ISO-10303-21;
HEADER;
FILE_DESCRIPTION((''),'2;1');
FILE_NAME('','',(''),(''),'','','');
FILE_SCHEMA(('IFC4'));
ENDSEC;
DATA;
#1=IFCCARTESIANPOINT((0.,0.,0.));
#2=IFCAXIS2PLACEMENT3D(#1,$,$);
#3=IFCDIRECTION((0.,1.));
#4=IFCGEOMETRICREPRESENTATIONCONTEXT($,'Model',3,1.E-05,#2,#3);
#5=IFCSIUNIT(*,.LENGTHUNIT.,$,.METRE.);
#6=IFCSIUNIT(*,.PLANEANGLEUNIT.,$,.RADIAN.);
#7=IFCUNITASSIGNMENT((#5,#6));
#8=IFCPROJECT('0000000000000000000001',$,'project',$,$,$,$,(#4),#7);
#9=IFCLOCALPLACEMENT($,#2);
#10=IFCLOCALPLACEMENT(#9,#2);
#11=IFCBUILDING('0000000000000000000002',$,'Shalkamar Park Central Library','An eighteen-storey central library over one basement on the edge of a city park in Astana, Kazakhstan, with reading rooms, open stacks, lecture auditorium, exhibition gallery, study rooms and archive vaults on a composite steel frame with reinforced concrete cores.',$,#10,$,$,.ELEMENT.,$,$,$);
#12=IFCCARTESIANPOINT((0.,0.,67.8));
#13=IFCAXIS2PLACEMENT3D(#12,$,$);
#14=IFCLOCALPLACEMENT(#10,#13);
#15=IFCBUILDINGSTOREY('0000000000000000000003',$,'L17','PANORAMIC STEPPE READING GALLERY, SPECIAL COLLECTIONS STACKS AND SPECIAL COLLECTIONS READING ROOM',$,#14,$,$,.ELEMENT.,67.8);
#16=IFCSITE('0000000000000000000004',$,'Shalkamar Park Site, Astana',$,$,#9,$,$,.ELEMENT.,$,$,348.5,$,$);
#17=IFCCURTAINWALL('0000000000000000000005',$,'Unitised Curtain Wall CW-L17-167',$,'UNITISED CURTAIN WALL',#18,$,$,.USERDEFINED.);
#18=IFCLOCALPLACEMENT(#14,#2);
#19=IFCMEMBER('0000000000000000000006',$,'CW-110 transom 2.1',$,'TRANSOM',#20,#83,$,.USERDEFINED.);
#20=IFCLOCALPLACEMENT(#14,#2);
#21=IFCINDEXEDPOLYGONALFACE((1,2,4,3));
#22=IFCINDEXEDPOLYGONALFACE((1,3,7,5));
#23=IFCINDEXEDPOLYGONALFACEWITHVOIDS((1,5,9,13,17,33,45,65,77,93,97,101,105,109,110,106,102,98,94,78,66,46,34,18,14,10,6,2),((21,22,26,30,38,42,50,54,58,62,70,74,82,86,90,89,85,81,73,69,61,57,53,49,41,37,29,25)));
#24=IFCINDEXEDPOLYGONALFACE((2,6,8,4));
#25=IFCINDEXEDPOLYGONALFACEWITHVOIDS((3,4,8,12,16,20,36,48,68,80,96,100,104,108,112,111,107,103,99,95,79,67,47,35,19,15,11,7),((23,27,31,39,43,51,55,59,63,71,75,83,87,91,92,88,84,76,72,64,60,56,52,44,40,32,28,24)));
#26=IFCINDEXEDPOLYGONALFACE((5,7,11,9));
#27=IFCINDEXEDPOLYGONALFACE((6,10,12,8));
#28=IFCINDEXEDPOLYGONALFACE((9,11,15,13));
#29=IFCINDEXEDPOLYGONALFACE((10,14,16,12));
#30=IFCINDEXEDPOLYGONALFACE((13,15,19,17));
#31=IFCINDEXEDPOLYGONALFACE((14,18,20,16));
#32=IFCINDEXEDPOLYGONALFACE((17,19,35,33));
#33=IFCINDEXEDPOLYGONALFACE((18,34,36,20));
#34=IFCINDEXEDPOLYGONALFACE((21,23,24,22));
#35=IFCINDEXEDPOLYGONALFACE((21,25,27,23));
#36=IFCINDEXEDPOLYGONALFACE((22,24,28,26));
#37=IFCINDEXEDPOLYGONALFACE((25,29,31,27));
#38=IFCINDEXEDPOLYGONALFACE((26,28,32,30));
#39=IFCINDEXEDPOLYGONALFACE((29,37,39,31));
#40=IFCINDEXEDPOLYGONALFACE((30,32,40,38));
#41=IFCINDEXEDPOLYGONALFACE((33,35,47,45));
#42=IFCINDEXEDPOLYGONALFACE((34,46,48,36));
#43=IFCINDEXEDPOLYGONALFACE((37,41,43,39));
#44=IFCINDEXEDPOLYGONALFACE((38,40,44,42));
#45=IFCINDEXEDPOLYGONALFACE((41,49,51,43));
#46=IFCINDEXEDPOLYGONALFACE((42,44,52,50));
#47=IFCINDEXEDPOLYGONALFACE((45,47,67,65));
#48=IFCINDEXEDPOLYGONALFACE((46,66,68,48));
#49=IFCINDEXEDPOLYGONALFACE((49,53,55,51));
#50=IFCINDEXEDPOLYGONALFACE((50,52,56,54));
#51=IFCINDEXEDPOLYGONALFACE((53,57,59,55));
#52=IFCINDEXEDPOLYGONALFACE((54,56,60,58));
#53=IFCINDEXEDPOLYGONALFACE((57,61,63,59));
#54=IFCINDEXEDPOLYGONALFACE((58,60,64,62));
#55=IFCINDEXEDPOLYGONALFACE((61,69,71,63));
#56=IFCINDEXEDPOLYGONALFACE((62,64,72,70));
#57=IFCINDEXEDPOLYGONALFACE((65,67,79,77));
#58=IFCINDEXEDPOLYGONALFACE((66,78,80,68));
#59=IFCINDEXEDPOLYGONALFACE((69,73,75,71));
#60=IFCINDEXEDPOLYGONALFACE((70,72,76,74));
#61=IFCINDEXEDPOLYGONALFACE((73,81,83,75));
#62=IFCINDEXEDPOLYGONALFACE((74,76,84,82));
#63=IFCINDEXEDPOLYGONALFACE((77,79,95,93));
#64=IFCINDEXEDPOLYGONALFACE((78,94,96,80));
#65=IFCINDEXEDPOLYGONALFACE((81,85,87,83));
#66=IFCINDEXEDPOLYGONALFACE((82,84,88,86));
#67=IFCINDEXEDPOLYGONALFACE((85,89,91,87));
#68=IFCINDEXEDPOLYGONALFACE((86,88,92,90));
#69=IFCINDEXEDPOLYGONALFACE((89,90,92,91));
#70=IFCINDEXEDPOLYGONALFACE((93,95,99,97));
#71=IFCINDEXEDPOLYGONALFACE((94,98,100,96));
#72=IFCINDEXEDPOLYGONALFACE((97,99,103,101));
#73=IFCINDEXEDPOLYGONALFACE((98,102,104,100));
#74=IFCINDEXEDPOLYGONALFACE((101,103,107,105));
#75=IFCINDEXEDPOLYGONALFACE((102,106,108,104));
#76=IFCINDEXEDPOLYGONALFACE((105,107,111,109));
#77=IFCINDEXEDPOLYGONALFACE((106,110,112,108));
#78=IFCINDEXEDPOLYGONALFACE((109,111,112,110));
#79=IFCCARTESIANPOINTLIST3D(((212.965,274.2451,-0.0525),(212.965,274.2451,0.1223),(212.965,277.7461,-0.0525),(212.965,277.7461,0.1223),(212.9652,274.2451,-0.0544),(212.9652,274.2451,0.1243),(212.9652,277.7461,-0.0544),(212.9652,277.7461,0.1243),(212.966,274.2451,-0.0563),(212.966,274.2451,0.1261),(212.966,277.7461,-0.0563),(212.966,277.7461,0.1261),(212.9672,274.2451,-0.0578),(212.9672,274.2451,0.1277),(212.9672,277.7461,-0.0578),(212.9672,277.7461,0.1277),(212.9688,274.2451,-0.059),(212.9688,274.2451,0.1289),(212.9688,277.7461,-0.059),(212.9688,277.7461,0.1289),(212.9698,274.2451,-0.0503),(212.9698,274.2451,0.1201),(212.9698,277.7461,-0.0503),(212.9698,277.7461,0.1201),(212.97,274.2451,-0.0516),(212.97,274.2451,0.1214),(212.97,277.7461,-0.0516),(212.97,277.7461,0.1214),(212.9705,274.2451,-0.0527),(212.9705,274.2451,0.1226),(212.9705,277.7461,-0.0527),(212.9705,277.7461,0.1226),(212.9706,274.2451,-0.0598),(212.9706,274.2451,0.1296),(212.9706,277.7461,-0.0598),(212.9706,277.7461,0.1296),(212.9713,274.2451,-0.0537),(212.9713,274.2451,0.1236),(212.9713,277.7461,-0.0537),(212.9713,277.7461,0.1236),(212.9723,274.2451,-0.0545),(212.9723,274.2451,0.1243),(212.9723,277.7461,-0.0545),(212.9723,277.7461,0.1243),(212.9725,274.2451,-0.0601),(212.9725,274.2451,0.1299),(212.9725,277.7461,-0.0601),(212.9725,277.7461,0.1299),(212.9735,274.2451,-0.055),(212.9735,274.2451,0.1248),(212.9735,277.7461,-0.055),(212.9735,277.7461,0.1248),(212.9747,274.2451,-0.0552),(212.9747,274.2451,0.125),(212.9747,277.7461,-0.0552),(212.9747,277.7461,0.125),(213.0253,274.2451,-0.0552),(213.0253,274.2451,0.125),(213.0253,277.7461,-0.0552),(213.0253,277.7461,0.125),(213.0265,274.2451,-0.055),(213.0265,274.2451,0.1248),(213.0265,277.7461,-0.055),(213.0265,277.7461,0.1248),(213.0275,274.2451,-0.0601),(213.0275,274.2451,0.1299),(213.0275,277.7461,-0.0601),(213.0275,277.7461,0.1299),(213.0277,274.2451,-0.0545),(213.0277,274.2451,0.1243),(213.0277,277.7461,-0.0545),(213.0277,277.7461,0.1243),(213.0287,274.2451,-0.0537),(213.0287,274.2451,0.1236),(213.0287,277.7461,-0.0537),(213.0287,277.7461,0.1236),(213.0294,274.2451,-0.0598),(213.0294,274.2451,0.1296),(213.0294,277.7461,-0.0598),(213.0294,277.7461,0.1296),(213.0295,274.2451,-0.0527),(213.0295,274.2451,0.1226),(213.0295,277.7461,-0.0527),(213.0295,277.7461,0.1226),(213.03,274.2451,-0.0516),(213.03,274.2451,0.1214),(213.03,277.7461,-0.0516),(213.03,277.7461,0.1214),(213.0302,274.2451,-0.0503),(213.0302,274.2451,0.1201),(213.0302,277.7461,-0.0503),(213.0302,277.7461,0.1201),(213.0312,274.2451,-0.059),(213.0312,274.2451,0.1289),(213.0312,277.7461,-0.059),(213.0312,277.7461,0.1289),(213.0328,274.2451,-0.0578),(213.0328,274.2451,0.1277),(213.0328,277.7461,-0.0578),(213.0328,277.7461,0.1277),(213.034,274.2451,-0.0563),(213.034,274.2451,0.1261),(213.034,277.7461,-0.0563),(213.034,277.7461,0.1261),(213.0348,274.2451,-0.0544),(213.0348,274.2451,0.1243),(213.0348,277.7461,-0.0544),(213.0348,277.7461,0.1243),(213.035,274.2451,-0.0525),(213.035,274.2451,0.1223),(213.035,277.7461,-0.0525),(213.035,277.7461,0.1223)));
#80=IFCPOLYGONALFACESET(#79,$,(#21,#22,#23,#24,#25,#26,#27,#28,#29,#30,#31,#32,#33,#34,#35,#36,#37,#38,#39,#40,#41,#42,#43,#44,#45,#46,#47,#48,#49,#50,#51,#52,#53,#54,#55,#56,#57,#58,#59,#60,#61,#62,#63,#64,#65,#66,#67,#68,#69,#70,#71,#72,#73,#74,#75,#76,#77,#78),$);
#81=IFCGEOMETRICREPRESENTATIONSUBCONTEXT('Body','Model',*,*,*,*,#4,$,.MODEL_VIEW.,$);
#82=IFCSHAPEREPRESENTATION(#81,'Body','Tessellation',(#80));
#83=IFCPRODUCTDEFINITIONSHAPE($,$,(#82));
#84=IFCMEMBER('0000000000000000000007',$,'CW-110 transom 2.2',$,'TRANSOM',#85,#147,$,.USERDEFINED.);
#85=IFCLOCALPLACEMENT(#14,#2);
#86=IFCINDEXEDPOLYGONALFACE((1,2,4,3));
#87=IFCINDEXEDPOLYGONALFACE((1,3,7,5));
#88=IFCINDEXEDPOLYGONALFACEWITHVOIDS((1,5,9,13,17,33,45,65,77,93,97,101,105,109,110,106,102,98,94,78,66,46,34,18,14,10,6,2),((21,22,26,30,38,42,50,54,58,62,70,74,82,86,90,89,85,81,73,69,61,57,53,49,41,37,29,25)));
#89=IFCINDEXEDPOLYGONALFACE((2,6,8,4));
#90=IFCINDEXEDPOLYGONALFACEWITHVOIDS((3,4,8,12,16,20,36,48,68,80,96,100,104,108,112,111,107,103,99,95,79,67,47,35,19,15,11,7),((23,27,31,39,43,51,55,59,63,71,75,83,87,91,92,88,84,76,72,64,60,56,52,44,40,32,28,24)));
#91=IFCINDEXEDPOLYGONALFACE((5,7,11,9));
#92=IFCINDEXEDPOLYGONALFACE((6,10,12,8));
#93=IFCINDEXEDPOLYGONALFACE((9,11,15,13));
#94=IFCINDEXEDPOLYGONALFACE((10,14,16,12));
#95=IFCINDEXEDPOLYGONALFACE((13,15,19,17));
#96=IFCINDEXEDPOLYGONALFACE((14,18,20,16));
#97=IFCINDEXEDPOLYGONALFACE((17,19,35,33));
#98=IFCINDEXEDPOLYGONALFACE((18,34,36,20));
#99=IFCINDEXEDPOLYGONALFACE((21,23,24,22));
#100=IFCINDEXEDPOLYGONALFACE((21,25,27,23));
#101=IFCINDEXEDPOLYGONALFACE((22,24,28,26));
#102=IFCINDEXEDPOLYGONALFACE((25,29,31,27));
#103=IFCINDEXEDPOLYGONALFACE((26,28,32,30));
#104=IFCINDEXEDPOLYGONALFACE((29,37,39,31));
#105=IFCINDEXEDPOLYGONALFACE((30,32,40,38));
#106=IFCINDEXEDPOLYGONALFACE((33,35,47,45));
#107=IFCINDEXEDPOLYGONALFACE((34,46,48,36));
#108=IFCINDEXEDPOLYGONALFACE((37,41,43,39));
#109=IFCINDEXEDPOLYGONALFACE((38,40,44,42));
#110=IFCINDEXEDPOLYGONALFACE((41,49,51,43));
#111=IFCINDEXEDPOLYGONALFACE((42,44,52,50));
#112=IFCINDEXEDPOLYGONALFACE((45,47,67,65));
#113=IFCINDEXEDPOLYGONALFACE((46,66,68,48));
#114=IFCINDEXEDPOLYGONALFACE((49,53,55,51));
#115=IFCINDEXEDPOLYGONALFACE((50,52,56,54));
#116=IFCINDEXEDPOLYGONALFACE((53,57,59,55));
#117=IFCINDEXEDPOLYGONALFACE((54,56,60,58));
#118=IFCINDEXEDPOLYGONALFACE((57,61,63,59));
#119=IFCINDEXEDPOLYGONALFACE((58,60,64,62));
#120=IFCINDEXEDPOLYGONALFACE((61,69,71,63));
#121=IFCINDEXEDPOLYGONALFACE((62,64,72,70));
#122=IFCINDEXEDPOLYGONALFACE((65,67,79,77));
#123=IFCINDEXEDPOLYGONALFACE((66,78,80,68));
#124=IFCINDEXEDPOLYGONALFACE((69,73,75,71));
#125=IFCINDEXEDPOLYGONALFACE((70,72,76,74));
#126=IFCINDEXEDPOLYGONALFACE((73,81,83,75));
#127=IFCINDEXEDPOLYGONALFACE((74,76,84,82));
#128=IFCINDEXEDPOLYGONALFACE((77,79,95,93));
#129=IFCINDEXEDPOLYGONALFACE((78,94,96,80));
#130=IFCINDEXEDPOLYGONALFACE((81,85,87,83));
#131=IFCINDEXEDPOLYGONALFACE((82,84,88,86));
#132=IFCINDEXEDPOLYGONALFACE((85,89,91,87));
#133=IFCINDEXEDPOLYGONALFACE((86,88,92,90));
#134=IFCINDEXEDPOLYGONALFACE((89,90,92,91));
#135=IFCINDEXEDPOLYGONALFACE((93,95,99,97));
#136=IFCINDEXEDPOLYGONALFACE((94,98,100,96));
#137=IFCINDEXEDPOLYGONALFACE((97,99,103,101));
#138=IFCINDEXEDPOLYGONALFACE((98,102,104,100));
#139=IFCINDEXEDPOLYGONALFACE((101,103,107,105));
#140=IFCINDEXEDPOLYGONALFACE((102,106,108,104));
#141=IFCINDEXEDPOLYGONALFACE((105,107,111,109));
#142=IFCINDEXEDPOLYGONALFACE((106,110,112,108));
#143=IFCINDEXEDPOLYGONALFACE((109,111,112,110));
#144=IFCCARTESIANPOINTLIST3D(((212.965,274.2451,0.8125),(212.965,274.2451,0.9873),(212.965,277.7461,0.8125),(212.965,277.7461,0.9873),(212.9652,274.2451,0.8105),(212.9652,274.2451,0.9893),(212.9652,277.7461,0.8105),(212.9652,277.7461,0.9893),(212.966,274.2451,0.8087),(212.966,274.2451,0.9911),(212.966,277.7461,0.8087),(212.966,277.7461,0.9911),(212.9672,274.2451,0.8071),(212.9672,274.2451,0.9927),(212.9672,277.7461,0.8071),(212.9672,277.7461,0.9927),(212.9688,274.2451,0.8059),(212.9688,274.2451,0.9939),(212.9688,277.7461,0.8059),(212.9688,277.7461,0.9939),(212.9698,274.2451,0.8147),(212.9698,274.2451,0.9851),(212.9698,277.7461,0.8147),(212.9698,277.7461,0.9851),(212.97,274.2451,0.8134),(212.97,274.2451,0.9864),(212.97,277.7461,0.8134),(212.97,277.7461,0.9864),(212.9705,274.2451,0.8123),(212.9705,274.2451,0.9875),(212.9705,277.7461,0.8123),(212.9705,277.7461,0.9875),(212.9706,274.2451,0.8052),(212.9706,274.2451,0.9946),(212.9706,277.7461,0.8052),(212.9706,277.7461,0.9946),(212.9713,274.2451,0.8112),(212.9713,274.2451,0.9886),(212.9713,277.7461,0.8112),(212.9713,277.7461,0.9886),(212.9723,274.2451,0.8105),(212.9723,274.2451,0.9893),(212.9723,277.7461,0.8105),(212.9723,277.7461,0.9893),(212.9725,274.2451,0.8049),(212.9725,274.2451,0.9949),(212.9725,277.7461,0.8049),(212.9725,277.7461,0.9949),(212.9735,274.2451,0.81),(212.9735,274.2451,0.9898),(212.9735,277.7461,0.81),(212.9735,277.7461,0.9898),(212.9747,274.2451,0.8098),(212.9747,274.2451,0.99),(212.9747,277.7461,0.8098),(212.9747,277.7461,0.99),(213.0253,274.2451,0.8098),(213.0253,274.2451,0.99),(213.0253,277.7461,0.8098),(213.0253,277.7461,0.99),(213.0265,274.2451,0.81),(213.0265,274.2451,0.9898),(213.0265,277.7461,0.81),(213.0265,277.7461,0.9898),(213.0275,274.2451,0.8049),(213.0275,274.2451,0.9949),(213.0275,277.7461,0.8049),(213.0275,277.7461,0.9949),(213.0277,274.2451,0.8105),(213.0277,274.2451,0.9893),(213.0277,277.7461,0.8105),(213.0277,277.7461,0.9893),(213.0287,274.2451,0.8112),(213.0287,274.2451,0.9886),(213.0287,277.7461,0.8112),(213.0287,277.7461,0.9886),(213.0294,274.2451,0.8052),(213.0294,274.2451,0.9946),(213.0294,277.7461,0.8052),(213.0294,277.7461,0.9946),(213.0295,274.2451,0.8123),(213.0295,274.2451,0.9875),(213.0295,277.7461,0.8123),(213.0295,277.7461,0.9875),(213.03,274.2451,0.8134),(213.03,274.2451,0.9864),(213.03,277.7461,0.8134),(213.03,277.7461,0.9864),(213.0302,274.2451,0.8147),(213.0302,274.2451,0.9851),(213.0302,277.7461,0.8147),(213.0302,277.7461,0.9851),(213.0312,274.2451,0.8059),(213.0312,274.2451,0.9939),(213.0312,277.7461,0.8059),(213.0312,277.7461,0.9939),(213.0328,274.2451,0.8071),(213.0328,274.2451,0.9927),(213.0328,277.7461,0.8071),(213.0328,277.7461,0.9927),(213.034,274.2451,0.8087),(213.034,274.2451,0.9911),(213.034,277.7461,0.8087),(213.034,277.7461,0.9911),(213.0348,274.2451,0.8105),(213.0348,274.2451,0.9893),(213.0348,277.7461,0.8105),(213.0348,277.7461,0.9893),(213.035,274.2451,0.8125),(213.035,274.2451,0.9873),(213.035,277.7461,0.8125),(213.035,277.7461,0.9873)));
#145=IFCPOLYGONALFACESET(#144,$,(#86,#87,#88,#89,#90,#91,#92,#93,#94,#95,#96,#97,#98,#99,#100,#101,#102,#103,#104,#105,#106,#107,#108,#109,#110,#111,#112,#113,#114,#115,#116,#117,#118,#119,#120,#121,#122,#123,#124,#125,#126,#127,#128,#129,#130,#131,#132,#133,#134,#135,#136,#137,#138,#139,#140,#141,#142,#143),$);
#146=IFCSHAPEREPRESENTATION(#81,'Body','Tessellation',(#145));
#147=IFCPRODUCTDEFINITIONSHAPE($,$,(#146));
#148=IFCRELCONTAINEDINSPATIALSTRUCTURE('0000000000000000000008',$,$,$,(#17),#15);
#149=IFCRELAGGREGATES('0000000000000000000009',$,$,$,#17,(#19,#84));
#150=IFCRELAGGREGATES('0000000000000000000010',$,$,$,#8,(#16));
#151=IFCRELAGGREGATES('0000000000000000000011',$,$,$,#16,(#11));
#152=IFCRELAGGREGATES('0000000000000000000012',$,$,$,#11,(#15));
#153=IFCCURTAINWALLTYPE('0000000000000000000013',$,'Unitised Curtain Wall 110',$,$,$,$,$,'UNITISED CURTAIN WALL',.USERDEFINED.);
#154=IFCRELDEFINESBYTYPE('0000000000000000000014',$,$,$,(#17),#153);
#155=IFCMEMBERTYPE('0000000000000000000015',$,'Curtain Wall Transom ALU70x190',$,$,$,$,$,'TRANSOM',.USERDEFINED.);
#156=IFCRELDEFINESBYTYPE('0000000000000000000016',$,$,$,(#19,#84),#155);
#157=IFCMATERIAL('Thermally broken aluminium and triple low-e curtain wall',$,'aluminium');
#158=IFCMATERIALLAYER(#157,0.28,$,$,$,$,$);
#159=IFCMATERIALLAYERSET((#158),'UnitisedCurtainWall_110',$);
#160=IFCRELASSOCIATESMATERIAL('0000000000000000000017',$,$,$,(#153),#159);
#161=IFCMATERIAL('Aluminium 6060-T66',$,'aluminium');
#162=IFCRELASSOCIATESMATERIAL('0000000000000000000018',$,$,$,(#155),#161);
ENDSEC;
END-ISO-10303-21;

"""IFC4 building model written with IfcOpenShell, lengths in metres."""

from ifc_helpers import new_model, si_unit, direction, frame, origin, origin_2d, place, context, subcontext, project, spatial, hollow_rectangle, extrude, material, layer, layer_set, material_profile, profile_set, type_object, element, aggregate, save


model = new_model("IFC4")

# Units and contexts
model_context = context("Model", 3, precision=1e-05, world=origin(), true_north=direction((0.0, 1.0)))
body_context = subcontext(model_context, "Body", "Model", "MODEL_VIEW")
ifc_project = project(units=[si_unit("LENGTHUNIT", "METRE"), si_unit("PLANEANGLEUNIT", "RADIAN")], contexts=[model_context])

# Site, building, storey
site_placement = place(None, origin())
site = spatial("IfcSite", under=ifc_project, at=site_placement, Name="Shalkamar Park Site, Astana", CompositionType="ELEMENT", RefElevation=348.5)
building_placement = place(site_placement, origin())
building = spatial("IfcBuilding", under=site, at=building_placement, Name="Shalkamar Park Central Library", Description="An eighteen-storey central library over one basement on the edge of a city park in Astana, Kazakhstan, with reading rooms, open stacks, lecture auditorium, exhibition gallery, study rooms and archive vaults on a composite steel frame with reinforced concrete cores.", CompositionType="ELEMENT")
storey_placement = place(building_placement, frame((0.0, 0.0, 67.8)))
storey = spatial("IfcBuildingStorey", under=building, at=storey_placement, Name="L17", Description="PANORAMIC STEPPE READING GALLERY, SPECIAL COLLECTIONS STACKS AND SPECIAL COLLECTIONS READING ROOM", CompositionType="ELEMENT", Elevation=67.8)

# Shared definitions
ifc_material_1 = material(Name="Thermally broken aluminium and triple low-e curtain wall", Category="aluminium")
ifc_material_2 = material(Name="Aluminium 6060-T66", Category="aluminium")

# Curtain wall, members
ifc_layer_1 = layer(ifc_material_1, 0.28)
ifc_layer_set_1 = layer_set([ifc_layer_1], Name="UnitisedCurtainWall_110")
curtain_wall_type_1 = type_object("IfcCurtainWallType", Name="Unitised Curtain Wall 110", ElementType="UNITISED CURTAIN WALL", PredefinedType="USERDEFINED", material=ifc_layer_set_1)
curtain_wall_1_placement = place(storey_placement, origin())
curtain_wall_1 = element("IfcCurtainWall", 1, at=curtain_wall_1_placement, inside=storey, type_object=curtain_wall_type_1, Name="Unitised Curtain Wall CW-L17-167", ObjectType="UNITISED CURTAIN WALL", PredefinedType="USERDEFINED")
ifc_material_profile_1 = material_profile(ifc_material_2, hollow_rectangle(XDim=0.0701, YDim=0.1899, WallThickness=0.0049, InnerFilletRadius=0.0049, OuterFilletRadius=0.0076, at=origin_2d()), Name="ALU 70x190x5")
ifc_profile_set_1 = profile_set([ifc_material_profile_1], Name="Aluminium 6060-T66")
member_type_1 = type_object("IfcMemberType", Name="Curtain Wall Transom ALU70x190", ElementType="TRANSOM", PredefinedType="USERDEFINED", material=ifc_profile_set_1)
member_1_placement = place(storey_placement, frame((213.0, 274.2451, 0.0349), z_axis=(0.0, 1.0, 0.0), x_axis=(-1.0, 0.0, 0.0)))
member_1 = element("IfcMember", 2, at=member_1_placement, type_object=member_type_1, Name="CW-110 transom 2.1", ObjectType="TRANSOM", PredefinedType="USERDEFINED", context=body_context, shape_type="SweptSolid", body=[
    extrude(hollow_rectangle(XDim=0.0701, YDim=0.1899, WallThickness=0.0049, InnerFilletRadius=0.0049, OuterFilletRadius=0.0076, at=origin_2d()), origin(), (0.0, 0.0, 1.0), 3.501),
])
member_2_placement = place(storey_placement, frame((213.0, 274.2451, 0.8999), z_axis=(0.0, 1.0, 0.0), x_axis=(-1.0, 0.0, 0.0)))
member_2 = element("IfcMember", 3, at=member_2_placement, type_object=member_type_1, Name="CW-110 transom 2.2", ObjectType="TRANSOM", PredefinedType="USERDEFINED", context=body_context, shape_type="SweptSolid", body=[
    extrude(hollow_rectangle(XDim=0.0701, YDim=0.1899, WallThickness=0.0049, InnerFilletRadius=0.0049, OuterFilletRadius=0.0076, at=origin_2d()), origin(), (0.0, 0.0, 1.0), 3.501),
])

aggregate(curtain_wall_1, [member_1, member_2])

save(model, "model.ifc")
